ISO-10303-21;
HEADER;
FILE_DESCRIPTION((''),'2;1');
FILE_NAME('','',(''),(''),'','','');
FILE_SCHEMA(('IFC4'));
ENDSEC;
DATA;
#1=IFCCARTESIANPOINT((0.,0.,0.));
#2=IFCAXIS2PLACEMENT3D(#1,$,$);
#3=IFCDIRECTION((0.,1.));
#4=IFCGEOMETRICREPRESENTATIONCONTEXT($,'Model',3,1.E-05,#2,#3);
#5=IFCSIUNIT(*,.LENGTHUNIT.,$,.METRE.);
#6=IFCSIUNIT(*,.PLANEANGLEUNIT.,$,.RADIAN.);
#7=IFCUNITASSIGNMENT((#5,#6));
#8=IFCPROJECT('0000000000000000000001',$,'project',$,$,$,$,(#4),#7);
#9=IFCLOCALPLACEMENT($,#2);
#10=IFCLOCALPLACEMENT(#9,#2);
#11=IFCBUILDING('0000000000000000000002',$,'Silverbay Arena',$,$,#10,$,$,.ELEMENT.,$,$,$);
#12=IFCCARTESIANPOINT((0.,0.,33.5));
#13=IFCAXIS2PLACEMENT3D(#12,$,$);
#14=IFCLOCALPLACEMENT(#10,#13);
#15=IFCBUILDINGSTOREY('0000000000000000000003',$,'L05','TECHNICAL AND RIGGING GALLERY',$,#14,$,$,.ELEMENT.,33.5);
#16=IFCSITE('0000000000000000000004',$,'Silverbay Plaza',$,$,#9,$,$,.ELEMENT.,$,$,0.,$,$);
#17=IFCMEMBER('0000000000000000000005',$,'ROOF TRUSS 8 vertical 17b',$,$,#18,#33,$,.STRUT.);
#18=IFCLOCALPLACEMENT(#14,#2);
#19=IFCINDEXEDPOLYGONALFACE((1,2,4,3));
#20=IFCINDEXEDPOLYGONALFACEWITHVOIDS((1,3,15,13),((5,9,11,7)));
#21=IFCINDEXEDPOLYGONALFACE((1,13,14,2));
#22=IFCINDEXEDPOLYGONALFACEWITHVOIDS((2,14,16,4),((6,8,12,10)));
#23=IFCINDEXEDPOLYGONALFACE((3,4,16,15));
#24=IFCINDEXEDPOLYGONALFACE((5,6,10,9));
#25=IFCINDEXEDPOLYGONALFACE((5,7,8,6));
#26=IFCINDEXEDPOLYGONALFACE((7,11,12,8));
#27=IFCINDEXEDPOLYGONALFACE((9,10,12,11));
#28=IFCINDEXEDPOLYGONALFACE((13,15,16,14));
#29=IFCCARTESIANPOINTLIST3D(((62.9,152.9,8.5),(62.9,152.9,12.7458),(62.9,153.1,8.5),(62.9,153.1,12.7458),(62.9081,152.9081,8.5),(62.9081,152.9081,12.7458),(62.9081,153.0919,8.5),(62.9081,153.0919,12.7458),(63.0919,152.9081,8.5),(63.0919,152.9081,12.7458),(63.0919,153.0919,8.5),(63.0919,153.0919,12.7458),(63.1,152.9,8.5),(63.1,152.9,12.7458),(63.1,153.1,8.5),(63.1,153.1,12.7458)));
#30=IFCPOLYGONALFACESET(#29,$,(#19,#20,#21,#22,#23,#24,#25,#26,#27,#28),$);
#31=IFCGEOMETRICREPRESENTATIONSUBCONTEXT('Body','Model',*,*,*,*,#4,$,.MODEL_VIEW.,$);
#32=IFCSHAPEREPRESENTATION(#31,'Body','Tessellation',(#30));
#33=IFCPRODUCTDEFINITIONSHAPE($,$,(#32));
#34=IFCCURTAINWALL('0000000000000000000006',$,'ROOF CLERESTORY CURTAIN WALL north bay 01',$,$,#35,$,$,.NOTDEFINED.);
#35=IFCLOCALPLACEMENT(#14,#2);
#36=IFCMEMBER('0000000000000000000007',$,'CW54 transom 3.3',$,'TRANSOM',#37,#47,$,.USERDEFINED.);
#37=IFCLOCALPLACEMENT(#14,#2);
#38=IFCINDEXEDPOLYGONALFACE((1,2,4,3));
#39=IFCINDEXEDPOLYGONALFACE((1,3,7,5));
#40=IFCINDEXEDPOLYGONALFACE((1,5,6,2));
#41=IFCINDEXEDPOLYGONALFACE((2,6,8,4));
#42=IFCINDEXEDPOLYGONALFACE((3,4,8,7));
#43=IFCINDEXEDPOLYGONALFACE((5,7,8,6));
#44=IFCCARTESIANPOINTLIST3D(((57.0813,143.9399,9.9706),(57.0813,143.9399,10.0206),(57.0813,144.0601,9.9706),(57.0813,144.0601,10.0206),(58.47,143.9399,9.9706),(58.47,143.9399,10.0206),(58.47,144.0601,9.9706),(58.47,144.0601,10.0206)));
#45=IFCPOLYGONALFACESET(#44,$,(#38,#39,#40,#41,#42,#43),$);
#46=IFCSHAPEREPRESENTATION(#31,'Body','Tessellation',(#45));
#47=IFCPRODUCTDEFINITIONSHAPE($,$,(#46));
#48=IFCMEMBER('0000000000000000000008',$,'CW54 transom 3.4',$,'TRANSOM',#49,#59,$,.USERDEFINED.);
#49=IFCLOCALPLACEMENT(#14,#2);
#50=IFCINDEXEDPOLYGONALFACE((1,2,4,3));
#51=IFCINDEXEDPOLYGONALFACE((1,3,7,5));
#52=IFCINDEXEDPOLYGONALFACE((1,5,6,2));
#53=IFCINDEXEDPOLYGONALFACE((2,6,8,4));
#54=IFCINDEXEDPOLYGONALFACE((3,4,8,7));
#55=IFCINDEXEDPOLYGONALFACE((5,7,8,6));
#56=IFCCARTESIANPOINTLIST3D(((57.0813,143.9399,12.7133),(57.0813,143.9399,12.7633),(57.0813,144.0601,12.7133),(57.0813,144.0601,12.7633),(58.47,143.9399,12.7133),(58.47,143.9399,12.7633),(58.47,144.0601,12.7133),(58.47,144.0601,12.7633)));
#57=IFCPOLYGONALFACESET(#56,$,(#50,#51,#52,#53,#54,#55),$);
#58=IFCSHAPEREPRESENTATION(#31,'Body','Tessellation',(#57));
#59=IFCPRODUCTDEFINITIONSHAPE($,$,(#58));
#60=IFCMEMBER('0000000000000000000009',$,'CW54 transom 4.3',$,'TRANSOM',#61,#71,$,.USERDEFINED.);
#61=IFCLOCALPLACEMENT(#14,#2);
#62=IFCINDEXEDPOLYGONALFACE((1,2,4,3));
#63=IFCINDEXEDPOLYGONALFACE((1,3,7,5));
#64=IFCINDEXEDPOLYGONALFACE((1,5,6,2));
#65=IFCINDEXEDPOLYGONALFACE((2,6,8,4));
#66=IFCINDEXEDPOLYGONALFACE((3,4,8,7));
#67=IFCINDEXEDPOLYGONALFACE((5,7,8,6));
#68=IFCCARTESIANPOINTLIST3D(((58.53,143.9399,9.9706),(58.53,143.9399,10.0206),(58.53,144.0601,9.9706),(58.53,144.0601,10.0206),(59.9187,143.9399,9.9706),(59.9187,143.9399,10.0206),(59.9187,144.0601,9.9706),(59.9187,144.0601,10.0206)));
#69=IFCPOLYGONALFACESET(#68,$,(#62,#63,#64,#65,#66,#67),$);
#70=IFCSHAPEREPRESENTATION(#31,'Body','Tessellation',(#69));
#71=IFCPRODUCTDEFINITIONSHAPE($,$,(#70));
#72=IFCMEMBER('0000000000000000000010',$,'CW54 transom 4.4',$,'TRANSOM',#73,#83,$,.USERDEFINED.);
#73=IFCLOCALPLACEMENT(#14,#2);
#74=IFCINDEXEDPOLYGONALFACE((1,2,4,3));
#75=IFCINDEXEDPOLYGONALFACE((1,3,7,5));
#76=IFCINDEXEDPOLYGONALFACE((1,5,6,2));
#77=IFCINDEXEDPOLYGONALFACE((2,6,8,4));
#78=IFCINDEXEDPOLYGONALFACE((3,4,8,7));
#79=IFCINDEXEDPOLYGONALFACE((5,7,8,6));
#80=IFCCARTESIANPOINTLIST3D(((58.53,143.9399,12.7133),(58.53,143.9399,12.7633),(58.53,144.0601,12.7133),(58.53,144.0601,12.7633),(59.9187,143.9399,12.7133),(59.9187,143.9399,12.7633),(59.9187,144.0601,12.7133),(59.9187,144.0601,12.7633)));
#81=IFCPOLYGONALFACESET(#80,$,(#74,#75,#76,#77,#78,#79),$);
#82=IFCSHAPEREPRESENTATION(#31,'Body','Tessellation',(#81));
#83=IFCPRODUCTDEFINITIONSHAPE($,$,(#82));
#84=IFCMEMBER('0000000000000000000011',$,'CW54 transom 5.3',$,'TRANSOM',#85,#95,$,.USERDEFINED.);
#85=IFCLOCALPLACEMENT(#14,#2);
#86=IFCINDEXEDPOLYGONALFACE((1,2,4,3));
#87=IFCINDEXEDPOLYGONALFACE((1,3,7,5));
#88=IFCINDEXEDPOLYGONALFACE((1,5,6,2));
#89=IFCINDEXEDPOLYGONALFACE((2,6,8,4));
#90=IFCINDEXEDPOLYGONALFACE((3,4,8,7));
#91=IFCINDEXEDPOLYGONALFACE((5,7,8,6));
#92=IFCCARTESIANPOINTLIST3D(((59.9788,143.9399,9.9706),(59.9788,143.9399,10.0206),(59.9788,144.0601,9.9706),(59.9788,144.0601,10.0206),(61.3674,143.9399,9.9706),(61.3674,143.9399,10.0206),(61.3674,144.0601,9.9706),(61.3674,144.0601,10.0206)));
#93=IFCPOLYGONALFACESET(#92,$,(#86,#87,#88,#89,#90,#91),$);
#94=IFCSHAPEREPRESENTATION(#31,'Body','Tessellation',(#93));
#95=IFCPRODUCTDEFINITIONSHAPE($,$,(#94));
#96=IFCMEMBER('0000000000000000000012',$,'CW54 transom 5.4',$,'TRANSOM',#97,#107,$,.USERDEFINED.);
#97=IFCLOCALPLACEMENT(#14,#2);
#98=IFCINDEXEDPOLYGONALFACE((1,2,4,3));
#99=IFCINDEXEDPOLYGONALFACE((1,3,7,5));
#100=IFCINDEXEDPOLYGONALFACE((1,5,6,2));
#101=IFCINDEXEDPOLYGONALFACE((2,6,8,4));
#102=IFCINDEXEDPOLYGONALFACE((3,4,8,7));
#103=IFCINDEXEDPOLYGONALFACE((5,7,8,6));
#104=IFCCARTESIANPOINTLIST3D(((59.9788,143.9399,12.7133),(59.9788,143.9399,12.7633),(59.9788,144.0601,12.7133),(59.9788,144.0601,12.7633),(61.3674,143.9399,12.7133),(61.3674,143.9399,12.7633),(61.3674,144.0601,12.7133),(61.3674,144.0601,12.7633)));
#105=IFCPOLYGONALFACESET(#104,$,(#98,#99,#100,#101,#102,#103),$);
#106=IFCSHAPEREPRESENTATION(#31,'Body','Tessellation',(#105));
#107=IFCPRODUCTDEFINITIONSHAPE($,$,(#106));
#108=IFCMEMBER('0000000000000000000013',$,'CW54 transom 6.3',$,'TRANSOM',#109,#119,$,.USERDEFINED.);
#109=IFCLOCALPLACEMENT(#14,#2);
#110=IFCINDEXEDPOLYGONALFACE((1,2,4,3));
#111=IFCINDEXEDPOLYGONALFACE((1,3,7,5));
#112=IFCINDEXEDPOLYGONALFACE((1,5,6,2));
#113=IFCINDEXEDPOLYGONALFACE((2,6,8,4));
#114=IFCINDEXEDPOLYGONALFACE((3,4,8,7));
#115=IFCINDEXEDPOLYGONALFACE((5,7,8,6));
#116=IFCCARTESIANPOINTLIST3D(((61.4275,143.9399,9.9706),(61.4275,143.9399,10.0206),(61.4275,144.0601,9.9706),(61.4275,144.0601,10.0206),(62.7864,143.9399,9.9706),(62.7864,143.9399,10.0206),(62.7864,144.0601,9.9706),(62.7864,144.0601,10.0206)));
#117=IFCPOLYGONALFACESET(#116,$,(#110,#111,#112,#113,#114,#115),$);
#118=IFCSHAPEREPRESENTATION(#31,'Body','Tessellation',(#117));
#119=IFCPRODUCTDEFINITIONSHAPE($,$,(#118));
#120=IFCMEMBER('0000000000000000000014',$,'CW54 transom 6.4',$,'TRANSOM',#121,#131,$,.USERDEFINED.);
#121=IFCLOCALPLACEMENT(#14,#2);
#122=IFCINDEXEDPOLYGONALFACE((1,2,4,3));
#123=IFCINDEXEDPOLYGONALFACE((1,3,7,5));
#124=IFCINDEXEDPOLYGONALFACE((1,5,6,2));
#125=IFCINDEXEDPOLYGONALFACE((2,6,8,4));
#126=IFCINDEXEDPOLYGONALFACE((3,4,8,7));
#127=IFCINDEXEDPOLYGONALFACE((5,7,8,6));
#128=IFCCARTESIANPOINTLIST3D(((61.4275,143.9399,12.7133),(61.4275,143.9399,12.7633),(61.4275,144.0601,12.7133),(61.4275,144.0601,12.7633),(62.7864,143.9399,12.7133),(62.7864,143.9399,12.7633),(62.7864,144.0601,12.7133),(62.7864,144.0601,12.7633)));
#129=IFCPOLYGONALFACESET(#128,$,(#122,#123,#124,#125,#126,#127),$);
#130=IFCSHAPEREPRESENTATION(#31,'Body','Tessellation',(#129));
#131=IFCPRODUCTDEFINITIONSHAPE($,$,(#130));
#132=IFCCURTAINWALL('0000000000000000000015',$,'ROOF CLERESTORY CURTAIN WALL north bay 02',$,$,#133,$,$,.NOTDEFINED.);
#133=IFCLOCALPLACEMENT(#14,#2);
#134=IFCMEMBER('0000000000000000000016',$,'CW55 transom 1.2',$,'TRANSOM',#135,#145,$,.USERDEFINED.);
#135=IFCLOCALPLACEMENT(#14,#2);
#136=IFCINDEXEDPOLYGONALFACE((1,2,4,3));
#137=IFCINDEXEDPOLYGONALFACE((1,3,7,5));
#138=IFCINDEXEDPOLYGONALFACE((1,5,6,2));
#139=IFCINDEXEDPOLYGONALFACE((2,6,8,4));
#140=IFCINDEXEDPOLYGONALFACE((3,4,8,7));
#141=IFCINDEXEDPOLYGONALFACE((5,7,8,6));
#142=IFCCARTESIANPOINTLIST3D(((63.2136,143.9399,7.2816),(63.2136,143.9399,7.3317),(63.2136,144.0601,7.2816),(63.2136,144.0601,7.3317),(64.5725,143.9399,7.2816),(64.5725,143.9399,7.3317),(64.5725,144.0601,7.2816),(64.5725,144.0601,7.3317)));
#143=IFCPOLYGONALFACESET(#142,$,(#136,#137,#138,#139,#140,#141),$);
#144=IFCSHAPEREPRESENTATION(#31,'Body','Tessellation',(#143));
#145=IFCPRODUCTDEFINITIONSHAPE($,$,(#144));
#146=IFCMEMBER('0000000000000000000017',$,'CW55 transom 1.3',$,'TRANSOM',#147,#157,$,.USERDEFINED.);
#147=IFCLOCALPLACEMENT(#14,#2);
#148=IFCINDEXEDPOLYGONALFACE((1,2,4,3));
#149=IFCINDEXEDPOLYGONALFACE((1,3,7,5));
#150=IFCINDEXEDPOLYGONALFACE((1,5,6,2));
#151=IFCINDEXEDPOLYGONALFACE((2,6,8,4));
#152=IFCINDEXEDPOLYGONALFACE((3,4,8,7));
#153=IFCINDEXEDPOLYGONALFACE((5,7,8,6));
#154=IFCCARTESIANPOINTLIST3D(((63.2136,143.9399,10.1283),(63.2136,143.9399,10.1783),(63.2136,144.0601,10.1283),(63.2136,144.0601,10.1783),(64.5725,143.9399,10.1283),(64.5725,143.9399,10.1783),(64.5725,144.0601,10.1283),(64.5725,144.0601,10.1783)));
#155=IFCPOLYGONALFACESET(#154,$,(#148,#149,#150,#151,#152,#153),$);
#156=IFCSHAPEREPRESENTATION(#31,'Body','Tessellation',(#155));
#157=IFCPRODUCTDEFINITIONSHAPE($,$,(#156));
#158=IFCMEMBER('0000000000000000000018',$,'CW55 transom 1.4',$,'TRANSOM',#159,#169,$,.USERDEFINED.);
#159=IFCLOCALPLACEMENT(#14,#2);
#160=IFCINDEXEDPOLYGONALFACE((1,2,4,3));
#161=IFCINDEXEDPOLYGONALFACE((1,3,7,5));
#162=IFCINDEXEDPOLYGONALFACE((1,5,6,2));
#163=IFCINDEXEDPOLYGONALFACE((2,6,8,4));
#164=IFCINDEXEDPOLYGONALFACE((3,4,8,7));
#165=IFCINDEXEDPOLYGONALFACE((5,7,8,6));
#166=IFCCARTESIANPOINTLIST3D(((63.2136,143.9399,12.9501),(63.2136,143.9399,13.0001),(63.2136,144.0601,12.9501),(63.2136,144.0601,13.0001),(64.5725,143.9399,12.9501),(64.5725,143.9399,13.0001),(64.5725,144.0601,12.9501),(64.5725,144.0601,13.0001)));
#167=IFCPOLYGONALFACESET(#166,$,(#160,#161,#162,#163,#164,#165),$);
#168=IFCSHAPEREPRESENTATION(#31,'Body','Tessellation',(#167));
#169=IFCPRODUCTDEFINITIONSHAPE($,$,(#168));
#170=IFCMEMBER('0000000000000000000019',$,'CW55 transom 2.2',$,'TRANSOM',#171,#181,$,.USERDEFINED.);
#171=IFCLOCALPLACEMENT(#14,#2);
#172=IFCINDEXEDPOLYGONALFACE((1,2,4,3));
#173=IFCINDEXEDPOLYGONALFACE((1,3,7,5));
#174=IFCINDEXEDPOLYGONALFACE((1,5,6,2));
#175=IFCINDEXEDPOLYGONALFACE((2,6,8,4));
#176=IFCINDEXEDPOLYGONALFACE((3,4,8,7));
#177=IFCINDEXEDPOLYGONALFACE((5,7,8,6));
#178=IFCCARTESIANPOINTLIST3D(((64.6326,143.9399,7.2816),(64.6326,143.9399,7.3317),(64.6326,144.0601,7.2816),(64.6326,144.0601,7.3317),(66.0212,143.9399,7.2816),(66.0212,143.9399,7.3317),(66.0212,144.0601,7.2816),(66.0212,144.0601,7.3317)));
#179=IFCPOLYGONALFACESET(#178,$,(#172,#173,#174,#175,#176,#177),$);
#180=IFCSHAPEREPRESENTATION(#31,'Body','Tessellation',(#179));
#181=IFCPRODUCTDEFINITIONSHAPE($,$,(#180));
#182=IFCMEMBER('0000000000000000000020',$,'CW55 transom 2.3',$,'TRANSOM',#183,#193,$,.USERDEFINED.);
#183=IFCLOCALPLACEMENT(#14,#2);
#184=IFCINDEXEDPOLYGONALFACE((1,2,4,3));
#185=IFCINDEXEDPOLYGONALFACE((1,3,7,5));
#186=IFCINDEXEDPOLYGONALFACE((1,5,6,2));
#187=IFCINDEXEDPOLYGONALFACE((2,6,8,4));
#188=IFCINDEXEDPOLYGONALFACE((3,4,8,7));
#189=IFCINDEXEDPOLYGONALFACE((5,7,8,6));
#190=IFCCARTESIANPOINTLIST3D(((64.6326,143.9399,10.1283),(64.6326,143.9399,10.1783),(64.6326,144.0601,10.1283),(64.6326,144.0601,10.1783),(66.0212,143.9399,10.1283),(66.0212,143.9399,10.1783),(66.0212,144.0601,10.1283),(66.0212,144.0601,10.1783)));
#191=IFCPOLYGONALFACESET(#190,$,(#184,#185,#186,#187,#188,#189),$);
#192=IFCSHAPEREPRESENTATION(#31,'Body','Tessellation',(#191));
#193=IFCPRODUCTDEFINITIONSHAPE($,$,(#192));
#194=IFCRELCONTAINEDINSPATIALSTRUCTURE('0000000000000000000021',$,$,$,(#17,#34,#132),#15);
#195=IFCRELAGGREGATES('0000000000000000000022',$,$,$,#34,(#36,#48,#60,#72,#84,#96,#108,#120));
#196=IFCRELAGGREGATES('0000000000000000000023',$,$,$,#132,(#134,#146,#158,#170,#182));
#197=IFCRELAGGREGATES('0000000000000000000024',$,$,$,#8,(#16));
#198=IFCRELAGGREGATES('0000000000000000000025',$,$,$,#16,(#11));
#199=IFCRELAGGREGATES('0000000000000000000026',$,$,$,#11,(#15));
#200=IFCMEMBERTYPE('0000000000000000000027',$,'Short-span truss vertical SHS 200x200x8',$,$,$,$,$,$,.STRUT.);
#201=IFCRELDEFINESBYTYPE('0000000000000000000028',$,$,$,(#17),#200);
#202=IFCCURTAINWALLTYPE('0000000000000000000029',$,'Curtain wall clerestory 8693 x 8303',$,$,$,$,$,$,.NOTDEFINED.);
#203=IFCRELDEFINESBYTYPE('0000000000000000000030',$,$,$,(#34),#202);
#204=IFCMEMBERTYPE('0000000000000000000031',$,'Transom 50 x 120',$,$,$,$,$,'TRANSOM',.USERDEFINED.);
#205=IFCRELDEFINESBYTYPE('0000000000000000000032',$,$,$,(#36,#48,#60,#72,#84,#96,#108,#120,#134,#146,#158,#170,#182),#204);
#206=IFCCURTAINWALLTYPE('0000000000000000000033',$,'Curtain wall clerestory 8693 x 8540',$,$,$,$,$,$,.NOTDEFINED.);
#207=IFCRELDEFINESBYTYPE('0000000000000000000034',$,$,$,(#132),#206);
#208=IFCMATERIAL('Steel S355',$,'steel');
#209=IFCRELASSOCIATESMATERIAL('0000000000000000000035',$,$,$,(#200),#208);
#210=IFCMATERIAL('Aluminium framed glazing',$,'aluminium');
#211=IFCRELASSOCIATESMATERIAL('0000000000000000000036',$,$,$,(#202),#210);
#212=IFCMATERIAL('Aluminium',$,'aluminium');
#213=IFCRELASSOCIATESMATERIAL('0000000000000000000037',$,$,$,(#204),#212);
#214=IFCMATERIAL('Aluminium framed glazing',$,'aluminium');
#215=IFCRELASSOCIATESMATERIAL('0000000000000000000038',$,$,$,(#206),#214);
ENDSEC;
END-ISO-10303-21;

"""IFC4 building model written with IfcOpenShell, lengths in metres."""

from ifc_helpers import new_model, si_unit, direction, frame, origin, origin_2d, place, context, subcontext, project, spatial, rectangle, hollow_rectangle, extrude, material, material_profile, profile_set, type_object, element, aggregate, save


model = new_model("IFC4")

# Units and contexts
model_context = context("Model", 3, precision=1e-05, world=origin(), true_north=direction((0.0, 1.0)))
body_context = subcontext(model_context, "Body", "Model", "MODEL_VIEW")
ifc_project = project(units=[si_unit("LENGTHUNIT", "METRE"), si_unit("PLANEANGLEUNIT", "RADIAN")], contexts=[model_context])

# Site, building, storey
site_placement = place(None, origin())
site = spatial("IfcSite", under=ifc_project, at=site_placement, Name="Silverbay Plaza", CompositionType="ELEMENT", RefElevation=0.0)
building_placement = place(site_placement, origin())
building = spatial("IfcBuilding", under=site, at=building_placement, Name="Silverbay Arena", CompositionType="ELEMENT")
storey_placement = place(building_placement, frame((0.0, 0.0, 33.5)))
storey = spatial("IfcBuildingStorey", under=building, at=storey_placement, Name="L05", Description="TECHNICAL AND RIGGING GALLERY", CompositionType="ELEMENT", Elevation=33.5)

# Member
ifc_material_1 = material(Name="Steel S355", Category="steel")
ifc_material_profile_1 = material_profile(ifc_material_1, hollow_rectangle(XDim=0.2, YDim=0.2, WallThickness=0.0081, at=origin_2d()), Name="SHS 200x200x8")
ifc_profile_set_1 = profile_set([ifc_material_profile_1], Name="Steel S355")
member_type_1 = type_object("IfcMemberType", Name="Short-span truss vertical SHS 200x200x8", PredefinedType="STRUT", material=ifc_profile_set_1)
for number, where, z_axis, x_axis, name in (
    (1, (63.0, 153.0, 8.5), (0.0, 0.0, 1.0), (1.0, 0.0, 0.0), "ROOF TRUSS 8 vertical 17b"),
):
    element("IfcMember", number, at=place(storey_placement, frame(where, z_axis=z_axis, x_axis=x_axis)), inside=storey, type_object=member_type_1, Name=name, PredefinedType="STRUT", context=body_context, shape_type="SweptSolid", body=[
        extrude(hollow_rectangle(XDim=0.2, YDim=0.2, WallThickness=0.0081, at=origin_2d()), origin(), (0.0, 0.0, 1.0), 4.2458),
    ])

# Curtain walls, members
ifc_material_2 = material(Name="Aluminium framed glazing", Category="aluminium")
curtain_wall_type_1 = type_object("IfcCurtainWallType", Name="Curtain wall clerestory 8693 x 8303", PredefinedType="NOTDEFINED", material=ifc_material_2)
curtain_wall_1_placement = place(storey_placement, origin())
curtain_wall_1 = element("IfcCurtainWall", 2, at=curtain_wall_1_placement, inside=storey, type_object=curtain_wall_type_1, Name="ROOF CLERESTORY CURTAIN WALL north bay 01", PredefinedType="NOTDEFINED")
ifc_material_3 = material(Name="Aluminium", Category="aluminium")
ifc_material_profile_2 = material_profile(ifc_material_3, rectangle(XDim=0.1201, YDim=0.05, at=origin_2d()), Name="Transom 50 x 120")
ifc_profile_set_2 = profile_set([ifc_material_profile_2], Name="Aluminium")
member_type_2 = type_object("IfcMemberType", Name="Transom 50 x 120", ElementType="TRANSOM", PredefinedType="USERDEFINED", material=ifc_profile_set_2)
member_1_placement = place(storey_placement, frame((57.0813, 144.0, 9.9956), z_axis=(1.0, 0.0, 0.0), x_axis=(0.0, 1.0, 0.0)))
member_1 = element("IfcMember", 3, at=member_1_placement, type_object=member_type_2, Name="CW54 transom 3.3", ObjectType="TRANSOM", PredefinedType="USERDEFINED", context=body_context, shape_type="SweptSolid", body=[
    extrude(rectangle(XDim=0.1201, YDim=0.05, at=origin_2d()), origin(), (0.0, 0.0, 1.0), 1.3887),
])
member_2_placement = place(storey_placement, frame((57.0813, 144.0, 12.7383), z_axis=(1.0, 0.0, 0.0), x_axis=(0.0, 1.0, 0.0)))
member_2 = element("IfcMember", 4, at=member_2_placement, type_object=member_type_2, Name="CW54 transom 3.4", ObjectType="TRANSOM", PredefinedType="USERDEFINED", context=body_context, shape_type="SweptSolid", body=[
    extrude(rectangle(XDim=0.1201, YDim=0.05, at=origin_2d()), origin(), (0.0, 0.0, 1.0), 1.3887),
])
member_3_placement = place(storey_placement, frame((58.53, 144.0, 9.9956), z_axis=(1.0, 0.0, 0.0), x_axis=(0.0, 1.0, 0.0)))
member_3 = element("IfcMember", 5, at=member_3_placement, type_object=member_type_2, Name="CW54 transom 4.3", ObjectType="TRANSOM", PredefinedType="USERDEFINED", context=body_context, shape_type="SweptSolid", body=[
    extrude(rectangle(XDim=0.1201, YDim=0.05, at=origin_2d()), origin(), (0.0, 0.0, 1.0), 1.3887),
])
member_4_placement = place(storey_placement, frame((58.53, 144.0, 12.7383), z_axis=(1.0, 0.0, 0.0), x_axis=(0.0, 1.0, 0.0)))
member_4 = element("IfcMember", 6, at=member_4_placement, type_object=member_type_2, Name="CW54 transom 4.4", ObjectType="TRANSOM", PredefinedType="USERDEFINED", context=body_context, shape_type="SweptSolid", body=[
    extrude(rectangle(XDim=0.1201, YDim=0.05, at=origin_2d()), origin(), (0.0, 0.0, 1.0), 1.3887),
])
member_5_placement = place(storey_placement, frame((59.9788, 144.0, 9.9956), z_axis=(1.0, 0.0, 0.0), x_axis=(0.0, 1.0, 0.0)))
member_5 = element("IfcMember", 7, at=member_5_placement, type_object=member_type_2, Name="CW54 transom 5.3", ObjectType="TRANSOM", PredefinedType="USERDEFINED", context=body_context, shape_type="SweptSolid", body=[
    extrude(rectangle(XDim=0.1201, YDim=0.05, at=origin_2d()), origin(), (0.0, 0.0, 1.0), 1.3887),
])
member_6_placement = place(storey_placement, frame((59.9788, 144.0, 12.7383), z_axis=(1.0, 0.0, 0.0), x_axis=(0.0, 1.0, 0.0)))
member_6 = element("IfcMember", 8, at=member_6_placement, type_object=member_type_2, Name="CW54 transom 5.4", ObjectType="TRANSOM", PredefinedType="USERDEFINED", context=body_context, shape_type="SweptSolid", body=[
    extrude(rectangle(XDim=0.1201, YDim=0.05, at=origin_2d()), origin(), (0.0, 0.0, 1.0), 1.3887),
])
member_7_placement = place(storey_placement, frame((61.4275, 144.0, 9.9956), z_axis=(1.0, 0.0, 0.0), x_axis=(0.0, 1.0, 0.0)))
member_7 = element("IfcMember", 9, at=member_7_placement, type_object=member_type_2, Name="CW54 transom 6.3", ObjectType="TRANSOM", PredefinedType="USERDEFINED", context=body_context, shape_type="SweptSolid", body=[
    extrude(rectangle(XDim=0.1201, YDim=0.05, at=origin_2d()), origin(), (0.0, 0.0, 1.0), 1.3589),
])
member_8_placement = place(storey_placement, frame((61.4275, 144.0, 12.7383), z_axis=(1.0, 0.0, 0.0), x_axis=(0.0, 1.0, 0.0)))
member_8 = element("IfcMember", 10, at=member_8_placement, type_object=member_type_2, Name="CW54 transom 6.4", ObjectType="TRANSOM", PredefinedType="USERDEFINED", context=body_context, shape_type="SweptSolid", body=[
    extrude(rectangle(XDim=0.1201, YDim=0.05, at=origin_2d()), origin(), (0.0, 0.0, 1.0), 1.3589),
])
ifc_material_4 = material(Name="Aluminium framed glazing", Category="aluminium")
curtain_wall_type_2 = type_object("IfcCurtainWallType", Name="Curtain wall clerestory 8693 x 8540", PredefinedType="NOTDEFINED", material=ifc_material_4)
curtain_wall_2_placement = place(storey_placement, origin())
curtain_wall_2 = element("IfcCurtainWall", 11, at=curtain_wall_2_placement, inside=storey, type_object=curtain_wall_type_2, Name="ROOF CLERESTORY CURTAIN WALL north bay 02", PredefinedType="NOTDEFINED")
member_9_placement = place(storey_placement, frame((63.2136, 144.0, 7.3066), z_axis=(1.0, 0.0, 0.0), x_axis=(0.0, 1.0, 0.0)))
member_9 = element("IfcMember", 12, at=member_9_placement, type_object=member_type_2, Name="CW55 transom 1.2", ObjectType="TRANSOM", PredefinedType="USERDEFINED", context=body_context, shape_type="SweptSolid", body=[
    extrude(rectangle(XDim=0.1201, YDim=0.05, at=origin_2d()), origin(), (0.0, 0.0, 1.0), 1.3589),
])
member_10_placement = place(storey_placement, frame((63.2136, 144.0, 10.1533), z_axis=(1.0, 0.0, 0.0), x_axis=(0.0, 1.0, 0.0)))
member_10 = element("IfcMember", 13, at=member_10_placement, type_object=member_type_2, Name="CW55 transom 1.3", ObjectType="TRANSOM", PredefinedType="USERDEFINED", context=body_context, shape_type="SweptSolid", body=[
    extrude(rectangle(XDim=0.1201, YDim=0.05, at=origin_2d()), origin(), (0.0, 0.0, 1.0), 1.3589),
])
member_11_placement = place(storey_placement, frame((63.2136, 144.0, 12.9751), z_axis=(1.0, 0.0, 0.0), x_axis=(0.0, 1.0, 0.0)))
member_11 = element("IfcMember", 14, at=member_11_placement, type_object=member_type_2, Name="CW55 transom 1.4", ObjectType="TRANSOM", PredefinedType="USERDEFINED", context=body_context, shape_type="SweptSolid", body=[
    extrude(rectangle(XDim=0.1201, YDim=0.05, at=origin_2d()), origin(), (0.0, 0.0, 1.0), 1.3589),
])
member_12_placement = place(storey_placement, frame((64.6326, 144.0, 7.3066), z_axis=(1.0, 0.0, 0.0), x_axis=(0.0, 1.0, 0.0)))
member_12 = element("IfcMember", 15, at=member_12_placement, type_object=member_type_2, Name="CW55 transom 2.2", ObjectType="TRANSOM", PredefinedType="USERDEFINED", context=body_context, shape_type="SweptSolid", body=[
    extrude(rectangle(XDim=0.1201, YDim=0.05, at=origin_2d()), origin(), (0.0, 0.0, 1.0), 1.3887),
])
member_13_placement = place(storey_placement, frame((64.6326, 144.0, 10.1533), z_axis=(1.0, 0.0, 0.0), x_axis=(0.0, 1.0, 0.0)))
member_13 = element("IfcMember", 16, at=member_13_placement, type_object=member_type_2, Name="CW55 transom 2.3", ObjectType="TRANSOM", PredefinedType="USERDEFINED", context=body_context, shape_type="SweptSolid", body=[
    extrude(rectangle(XDim=0.1201, YDim=0.05, at=origin_2d()), origin(), (0.0, 0.0, 1.0), 1.3887),
])

aggregate(curtain_wall_1, [member_1, member_2, member_3, member_4, member_5, member_6, member_7, member_8])
aggregate(curtain_wall_2, [member_9, member_10, member_11, member_12, member_13])

save(model, "model.ifc")
